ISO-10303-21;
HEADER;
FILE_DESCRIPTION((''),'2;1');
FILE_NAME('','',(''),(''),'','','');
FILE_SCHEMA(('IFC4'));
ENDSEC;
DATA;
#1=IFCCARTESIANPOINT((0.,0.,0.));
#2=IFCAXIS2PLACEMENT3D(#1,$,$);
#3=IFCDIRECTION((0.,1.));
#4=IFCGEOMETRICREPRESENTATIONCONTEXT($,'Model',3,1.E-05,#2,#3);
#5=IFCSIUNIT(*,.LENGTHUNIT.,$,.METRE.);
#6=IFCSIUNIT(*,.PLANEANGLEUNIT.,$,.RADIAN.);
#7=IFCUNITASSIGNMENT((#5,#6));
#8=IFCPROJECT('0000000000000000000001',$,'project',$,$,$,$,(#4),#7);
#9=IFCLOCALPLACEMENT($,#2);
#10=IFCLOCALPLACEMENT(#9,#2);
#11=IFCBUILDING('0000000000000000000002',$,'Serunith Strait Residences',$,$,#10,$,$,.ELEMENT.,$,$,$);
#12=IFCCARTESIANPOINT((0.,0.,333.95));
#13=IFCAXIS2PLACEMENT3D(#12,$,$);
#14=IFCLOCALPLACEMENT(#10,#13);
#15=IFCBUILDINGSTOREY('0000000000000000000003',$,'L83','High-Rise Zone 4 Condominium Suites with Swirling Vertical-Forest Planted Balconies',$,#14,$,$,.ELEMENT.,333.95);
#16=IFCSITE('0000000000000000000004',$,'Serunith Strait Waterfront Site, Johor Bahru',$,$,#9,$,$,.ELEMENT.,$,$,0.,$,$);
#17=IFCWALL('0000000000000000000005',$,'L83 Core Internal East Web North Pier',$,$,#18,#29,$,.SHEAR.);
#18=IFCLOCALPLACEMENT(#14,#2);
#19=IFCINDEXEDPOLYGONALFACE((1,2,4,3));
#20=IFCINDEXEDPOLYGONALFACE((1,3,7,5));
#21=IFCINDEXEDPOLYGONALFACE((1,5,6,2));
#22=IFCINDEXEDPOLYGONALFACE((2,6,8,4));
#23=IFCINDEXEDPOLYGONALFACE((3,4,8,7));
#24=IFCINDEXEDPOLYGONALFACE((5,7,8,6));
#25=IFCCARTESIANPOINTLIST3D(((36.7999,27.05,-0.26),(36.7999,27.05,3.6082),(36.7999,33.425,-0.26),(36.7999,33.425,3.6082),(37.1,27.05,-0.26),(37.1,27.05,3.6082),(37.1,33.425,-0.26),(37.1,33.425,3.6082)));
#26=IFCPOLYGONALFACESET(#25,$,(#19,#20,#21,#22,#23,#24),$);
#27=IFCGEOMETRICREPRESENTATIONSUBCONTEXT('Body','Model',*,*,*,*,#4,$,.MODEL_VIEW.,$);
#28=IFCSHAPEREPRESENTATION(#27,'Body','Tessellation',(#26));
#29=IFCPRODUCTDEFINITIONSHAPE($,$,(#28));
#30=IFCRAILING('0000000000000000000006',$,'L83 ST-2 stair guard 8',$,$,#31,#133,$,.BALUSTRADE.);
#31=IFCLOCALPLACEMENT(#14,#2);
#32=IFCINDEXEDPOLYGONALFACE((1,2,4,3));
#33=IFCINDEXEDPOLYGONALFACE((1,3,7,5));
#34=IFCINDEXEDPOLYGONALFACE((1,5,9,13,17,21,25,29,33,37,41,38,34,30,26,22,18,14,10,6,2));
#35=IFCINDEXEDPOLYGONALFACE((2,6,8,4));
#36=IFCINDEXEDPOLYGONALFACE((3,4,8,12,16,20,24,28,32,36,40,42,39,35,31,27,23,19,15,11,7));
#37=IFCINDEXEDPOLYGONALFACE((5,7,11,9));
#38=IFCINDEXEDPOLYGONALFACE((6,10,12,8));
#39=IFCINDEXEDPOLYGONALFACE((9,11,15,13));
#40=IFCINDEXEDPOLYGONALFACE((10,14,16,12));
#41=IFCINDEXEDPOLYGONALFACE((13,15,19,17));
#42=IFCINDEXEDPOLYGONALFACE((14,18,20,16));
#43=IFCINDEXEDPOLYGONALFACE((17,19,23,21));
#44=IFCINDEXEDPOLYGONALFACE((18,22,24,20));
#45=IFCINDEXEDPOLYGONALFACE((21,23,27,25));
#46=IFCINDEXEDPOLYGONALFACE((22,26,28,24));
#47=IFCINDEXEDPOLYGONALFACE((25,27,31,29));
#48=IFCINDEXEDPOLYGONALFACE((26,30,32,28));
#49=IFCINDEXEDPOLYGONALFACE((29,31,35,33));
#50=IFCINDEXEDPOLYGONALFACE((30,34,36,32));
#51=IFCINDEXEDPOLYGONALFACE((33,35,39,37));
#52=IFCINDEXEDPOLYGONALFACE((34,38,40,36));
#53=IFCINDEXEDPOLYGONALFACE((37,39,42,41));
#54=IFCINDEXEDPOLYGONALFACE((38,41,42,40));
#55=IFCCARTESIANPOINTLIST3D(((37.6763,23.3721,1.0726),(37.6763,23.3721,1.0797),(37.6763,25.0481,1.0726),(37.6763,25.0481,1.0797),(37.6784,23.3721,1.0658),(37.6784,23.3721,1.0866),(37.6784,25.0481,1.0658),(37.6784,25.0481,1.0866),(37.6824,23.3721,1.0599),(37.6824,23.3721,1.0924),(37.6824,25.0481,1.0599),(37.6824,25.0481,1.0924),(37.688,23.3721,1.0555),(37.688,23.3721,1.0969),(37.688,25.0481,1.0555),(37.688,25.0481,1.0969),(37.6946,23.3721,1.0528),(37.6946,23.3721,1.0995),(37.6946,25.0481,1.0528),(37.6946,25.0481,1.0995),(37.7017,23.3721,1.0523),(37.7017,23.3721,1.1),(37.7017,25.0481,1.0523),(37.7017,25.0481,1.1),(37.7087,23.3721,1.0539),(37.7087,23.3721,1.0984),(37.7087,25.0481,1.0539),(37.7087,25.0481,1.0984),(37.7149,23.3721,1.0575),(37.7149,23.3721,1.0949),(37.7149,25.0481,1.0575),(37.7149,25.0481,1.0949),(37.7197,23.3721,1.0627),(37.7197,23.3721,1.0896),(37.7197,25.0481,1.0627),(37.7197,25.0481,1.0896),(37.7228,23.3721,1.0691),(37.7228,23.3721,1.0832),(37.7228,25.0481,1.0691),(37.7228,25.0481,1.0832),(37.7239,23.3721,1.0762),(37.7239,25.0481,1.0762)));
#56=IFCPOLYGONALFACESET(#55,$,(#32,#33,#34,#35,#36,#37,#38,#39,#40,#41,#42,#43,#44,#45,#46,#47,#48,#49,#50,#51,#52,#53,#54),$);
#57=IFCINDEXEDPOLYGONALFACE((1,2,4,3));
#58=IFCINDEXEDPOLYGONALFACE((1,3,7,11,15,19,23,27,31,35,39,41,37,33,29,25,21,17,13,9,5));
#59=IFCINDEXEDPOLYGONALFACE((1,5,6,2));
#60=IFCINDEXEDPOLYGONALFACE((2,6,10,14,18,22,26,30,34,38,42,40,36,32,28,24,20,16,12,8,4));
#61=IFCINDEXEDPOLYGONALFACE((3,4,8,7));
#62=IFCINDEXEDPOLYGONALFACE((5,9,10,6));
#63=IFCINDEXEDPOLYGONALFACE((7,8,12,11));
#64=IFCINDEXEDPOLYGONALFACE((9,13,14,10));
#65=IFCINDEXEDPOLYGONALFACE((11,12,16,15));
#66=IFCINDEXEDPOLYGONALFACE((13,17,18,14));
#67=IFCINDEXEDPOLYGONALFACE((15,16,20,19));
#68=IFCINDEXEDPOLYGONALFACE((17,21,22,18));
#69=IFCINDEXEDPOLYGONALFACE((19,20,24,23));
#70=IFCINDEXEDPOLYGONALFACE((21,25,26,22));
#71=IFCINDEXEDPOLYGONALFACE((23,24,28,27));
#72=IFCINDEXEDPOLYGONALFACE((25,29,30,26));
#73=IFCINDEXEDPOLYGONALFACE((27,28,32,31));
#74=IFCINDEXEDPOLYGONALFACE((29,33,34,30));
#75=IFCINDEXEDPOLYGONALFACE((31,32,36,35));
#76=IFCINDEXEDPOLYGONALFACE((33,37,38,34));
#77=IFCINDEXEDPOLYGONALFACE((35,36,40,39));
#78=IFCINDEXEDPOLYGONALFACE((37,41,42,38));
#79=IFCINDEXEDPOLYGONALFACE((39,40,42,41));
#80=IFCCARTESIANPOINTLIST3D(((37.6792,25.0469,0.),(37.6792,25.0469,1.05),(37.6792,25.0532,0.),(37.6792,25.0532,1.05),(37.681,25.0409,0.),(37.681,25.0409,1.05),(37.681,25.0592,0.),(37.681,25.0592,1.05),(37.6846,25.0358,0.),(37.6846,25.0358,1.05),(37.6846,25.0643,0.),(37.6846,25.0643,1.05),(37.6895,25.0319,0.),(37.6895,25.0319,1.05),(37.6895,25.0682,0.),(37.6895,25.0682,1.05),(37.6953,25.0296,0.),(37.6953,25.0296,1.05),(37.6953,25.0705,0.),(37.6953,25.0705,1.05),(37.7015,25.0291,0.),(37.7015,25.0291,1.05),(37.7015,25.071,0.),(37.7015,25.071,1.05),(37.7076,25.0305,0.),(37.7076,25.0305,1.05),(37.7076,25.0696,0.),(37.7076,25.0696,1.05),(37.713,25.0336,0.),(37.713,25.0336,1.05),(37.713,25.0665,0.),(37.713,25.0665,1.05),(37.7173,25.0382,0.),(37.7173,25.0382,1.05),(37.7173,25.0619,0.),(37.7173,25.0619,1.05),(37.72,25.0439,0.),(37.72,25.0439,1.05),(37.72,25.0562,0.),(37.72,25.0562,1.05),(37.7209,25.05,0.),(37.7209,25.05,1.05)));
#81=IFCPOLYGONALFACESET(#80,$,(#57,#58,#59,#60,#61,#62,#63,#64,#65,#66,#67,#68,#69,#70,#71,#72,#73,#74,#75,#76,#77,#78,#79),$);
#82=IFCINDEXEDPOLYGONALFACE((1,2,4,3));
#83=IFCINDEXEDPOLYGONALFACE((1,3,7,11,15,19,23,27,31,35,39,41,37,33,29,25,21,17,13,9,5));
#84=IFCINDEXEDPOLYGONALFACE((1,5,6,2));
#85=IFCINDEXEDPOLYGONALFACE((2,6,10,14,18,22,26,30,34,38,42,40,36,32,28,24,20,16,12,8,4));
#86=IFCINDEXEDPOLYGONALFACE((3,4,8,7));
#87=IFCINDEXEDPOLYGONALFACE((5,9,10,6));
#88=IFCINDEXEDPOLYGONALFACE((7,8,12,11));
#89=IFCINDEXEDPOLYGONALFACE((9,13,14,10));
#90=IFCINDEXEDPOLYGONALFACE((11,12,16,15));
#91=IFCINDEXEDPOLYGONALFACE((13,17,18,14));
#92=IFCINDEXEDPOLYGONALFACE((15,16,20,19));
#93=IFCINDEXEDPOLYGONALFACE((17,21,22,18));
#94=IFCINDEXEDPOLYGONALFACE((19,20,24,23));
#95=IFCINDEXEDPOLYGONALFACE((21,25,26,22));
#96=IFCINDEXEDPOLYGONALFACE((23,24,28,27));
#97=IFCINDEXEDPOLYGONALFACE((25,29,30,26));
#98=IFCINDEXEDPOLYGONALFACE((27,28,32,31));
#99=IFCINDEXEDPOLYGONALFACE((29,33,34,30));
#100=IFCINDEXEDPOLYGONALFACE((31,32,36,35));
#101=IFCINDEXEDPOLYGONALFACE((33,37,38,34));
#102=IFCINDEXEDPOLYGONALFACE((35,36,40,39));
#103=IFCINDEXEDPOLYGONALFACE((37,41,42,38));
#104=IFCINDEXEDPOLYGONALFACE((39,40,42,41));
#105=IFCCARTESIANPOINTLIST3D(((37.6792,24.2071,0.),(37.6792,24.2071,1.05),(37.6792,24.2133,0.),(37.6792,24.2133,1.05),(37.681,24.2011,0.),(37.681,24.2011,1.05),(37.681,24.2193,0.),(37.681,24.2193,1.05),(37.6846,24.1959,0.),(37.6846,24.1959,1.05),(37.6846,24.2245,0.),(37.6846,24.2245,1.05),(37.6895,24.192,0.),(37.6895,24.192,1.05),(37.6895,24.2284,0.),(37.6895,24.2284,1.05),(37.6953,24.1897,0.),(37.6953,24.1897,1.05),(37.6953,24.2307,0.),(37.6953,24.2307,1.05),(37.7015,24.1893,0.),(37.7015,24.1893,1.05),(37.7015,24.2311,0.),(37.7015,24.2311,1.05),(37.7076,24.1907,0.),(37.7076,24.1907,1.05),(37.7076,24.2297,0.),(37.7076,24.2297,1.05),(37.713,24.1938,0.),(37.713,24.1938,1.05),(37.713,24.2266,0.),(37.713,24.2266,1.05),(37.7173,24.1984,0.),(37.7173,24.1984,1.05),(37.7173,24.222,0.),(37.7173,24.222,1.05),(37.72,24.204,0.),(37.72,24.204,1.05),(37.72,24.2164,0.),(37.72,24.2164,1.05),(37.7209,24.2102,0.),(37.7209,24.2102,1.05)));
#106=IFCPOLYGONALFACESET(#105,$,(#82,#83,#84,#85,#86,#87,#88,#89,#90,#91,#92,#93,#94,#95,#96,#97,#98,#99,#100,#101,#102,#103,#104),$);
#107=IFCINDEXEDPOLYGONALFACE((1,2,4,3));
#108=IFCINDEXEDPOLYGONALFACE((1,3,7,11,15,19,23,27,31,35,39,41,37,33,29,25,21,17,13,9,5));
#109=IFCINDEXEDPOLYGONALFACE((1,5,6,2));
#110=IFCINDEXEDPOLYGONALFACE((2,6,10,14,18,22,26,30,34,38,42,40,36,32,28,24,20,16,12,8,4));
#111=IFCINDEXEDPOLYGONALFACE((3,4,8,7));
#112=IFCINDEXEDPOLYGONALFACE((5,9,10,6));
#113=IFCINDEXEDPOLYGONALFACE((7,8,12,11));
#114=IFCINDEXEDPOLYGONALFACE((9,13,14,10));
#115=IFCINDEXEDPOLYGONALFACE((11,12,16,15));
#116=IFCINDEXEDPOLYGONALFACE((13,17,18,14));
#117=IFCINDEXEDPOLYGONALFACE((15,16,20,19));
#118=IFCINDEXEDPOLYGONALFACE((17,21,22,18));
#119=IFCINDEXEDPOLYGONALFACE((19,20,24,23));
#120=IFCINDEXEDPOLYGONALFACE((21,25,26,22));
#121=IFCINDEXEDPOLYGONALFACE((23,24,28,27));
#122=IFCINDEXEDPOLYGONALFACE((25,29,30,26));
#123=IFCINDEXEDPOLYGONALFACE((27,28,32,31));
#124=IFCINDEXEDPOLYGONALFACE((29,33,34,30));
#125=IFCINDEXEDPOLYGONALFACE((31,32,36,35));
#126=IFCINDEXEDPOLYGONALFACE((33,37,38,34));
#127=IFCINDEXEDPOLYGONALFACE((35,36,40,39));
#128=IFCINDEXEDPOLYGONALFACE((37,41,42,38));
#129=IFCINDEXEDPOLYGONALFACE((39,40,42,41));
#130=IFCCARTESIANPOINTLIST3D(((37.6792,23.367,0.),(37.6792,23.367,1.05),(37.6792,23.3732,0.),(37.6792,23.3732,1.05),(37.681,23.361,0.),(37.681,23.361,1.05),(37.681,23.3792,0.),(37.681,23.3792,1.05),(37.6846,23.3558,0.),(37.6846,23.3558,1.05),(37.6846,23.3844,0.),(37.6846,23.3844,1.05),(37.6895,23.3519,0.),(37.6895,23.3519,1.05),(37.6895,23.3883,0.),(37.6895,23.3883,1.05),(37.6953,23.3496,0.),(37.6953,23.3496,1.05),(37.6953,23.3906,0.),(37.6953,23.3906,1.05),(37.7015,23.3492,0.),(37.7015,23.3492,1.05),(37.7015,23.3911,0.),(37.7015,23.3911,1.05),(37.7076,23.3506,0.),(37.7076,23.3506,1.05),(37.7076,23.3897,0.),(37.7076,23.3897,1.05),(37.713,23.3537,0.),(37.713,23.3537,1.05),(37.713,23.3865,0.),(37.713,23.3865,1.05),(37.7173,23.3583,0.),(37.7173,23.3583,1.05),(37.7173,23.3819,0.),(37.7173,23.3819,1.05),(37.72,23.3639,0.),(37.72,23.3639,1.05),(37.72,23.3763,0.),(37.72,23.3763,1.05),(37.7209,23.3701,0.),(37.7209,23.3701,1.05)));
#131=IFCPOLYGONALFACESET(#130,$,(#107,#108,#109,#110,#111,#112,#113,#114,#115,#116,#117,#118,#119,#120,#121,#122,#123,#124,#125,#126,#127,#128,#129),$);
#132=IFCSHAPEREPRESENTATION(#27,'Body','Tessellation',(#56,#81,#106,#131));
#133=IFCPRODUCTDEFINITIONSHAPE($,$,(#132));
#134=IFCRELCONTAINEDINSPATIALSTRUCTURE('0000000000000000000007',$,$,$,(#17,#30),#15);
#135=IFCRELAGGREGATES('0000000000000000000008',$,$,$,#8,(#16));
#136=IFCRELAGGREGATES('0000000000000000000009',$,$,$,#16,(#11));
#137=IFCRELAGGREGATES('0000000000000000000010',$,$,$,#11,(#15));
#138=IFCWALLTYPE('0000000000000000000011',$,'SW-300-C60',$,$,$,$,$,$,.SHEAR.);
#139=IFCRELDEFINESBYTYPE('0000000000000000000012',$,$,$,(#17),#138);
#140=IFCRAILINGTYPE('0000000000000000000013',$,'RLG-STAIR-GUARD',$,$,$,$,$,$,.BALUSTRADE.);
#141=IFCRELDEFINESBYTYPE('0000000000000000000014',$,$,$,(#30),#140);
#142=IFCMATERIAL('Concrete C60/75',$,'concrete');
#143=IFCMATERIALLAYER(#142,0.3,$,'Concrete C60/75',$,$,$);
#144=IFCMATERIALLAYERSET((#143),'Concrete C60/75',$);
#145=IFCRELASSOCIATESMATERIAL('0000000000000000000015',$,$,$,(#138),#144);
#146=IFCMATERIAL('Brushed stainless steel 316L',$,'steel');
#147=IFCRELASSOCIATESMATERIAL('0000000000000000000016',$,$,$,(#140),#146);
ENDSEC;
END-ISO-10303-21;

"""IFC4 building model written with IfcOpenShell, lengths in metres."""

from ifc_helpers import new_model, si_unit, direction, frame, frame_2d, origin, origin_2d, place, context, subcontext, project, spatial, rectangle, circle, extrude, material, layer, layer_set, type_object, element, save


model = new_model("IFC4")

# Units and contexts
model_context = context("Model", 3, precision=1e-05, world=origin(), true_north=direction((0.0, 1.0)))
body_context = subcontext(model_context, "Body", "Model", "MODEL_VIEW")
ifc_project = project(units=[si_unit("LENGTHUNIT", "METRE"), si_unit("PLANEANGLEUNIT", "RADIAN")], contexts=[model_context])

# Site, building, storey
site_placement = place(None, origin())
site = spatial("IfcSite", under=ifc_project, at=site_placement, Name="Serunith Strait Waterfront Site, Johor Bahru", CompositionType="ELEMENT", RefElevation=0.0)
building_placement = place(site_placement, origin())
building = spatial("IfcBuilding", under=site, at=building_placement, Name="Serunith Strait Residences", CompositionType="ELEMENT")
storey_placement = place(building_placement, frame((0.0, 0.0, 333.95)))
storey = spatial("IfcBuildingStorey", under=building, at=storey_placement, Name="L83", Description="High-Rise Zone 4 Condominium Suites with Swirling Vertical-Forest Planted Balconies", CompositionType="ELEMENT", Elevation=333.95)

# Wall
ifc_material_1 = material(Name="Concrete C60/75", Category="concrete")
ifc_layer_1 = layer(ifc_material_1, 0.3, Name="Concrete C60/75")
ifc_layer_set_1 = layer_set([ifc_layer_1], Name="Concrete C60/75")
wall_type_1 = type_object("IfcWallType", Name="SW-300-C60", PredefinedType="SHEAR", material=ifc_layer_set_1)
wall_1_placement = place(storey_placement, frame((36.95, 27.05, -0.26), z_axis=(0.0, 0.0, 1.0), x_axis=(0.0, 1.0, 0.0)))
element("IfcWall", 1, at=wall_1_placement, inside=storey, type_object=wall_type_1, Name="L83 Core Internal East Web North Pier", PredefinedType="SHEAR", context=body_context, shape_type="SweptSolid", body=[
    extrude(rectangle(XDim=6.375, YDim=0.3, at=frame_2d((3.1875, 0.0))), origin(), (0.0, 0.0, 1.0), 3.8682),
])

# Railing
ifc_material_2 = material(Name="Brushed stainless steel 316L", Category="steel")
railing_type = type_object("IfcRailingType", Name="RLG-STAIR-GUARD", PredefinedType="BALUSTRADE", material=ifc_material_2)
for number, where, name in (
    (2, (37.7, 25.05, 0.0), "L83 ST-2 stair guard 8"),
):
    element("IfcRailing", number, at=place(storey_placement, frame(where)), inside=storey, type_object=railing_type, Name=name, PredefinedType="BALUSTRADE", context=body_context, shape_type="SweptSolid", body=[
        extrude(circle(Radius=0.0239, at=origin_2d()), frame((0.0, -0.002, 1.0762), z_axis=(0.0, -1.0, 0.0), x_axis=(1.0, 0.0, 0.0)), (0.0, 0.0, 1.0), 1.676),
        extrude(circle(Radius=0.021, at=origin_2d()), origin(), (0.0, 0.0, 1.0), 1.05),
        extrude(circle(Radius=0.021, at=origin_2d()), frame((0.0, -0.8398, 0.0)), (0.0, 0.0, 1.0), 1.05),
        extrude(circle(Radius=0.021, at=origin_2d()), frame((0.0, -1.6799, 0.0)), (0.0, 0.0, 1.0), 1.05),
    ])

save(model, "model.ifc")
